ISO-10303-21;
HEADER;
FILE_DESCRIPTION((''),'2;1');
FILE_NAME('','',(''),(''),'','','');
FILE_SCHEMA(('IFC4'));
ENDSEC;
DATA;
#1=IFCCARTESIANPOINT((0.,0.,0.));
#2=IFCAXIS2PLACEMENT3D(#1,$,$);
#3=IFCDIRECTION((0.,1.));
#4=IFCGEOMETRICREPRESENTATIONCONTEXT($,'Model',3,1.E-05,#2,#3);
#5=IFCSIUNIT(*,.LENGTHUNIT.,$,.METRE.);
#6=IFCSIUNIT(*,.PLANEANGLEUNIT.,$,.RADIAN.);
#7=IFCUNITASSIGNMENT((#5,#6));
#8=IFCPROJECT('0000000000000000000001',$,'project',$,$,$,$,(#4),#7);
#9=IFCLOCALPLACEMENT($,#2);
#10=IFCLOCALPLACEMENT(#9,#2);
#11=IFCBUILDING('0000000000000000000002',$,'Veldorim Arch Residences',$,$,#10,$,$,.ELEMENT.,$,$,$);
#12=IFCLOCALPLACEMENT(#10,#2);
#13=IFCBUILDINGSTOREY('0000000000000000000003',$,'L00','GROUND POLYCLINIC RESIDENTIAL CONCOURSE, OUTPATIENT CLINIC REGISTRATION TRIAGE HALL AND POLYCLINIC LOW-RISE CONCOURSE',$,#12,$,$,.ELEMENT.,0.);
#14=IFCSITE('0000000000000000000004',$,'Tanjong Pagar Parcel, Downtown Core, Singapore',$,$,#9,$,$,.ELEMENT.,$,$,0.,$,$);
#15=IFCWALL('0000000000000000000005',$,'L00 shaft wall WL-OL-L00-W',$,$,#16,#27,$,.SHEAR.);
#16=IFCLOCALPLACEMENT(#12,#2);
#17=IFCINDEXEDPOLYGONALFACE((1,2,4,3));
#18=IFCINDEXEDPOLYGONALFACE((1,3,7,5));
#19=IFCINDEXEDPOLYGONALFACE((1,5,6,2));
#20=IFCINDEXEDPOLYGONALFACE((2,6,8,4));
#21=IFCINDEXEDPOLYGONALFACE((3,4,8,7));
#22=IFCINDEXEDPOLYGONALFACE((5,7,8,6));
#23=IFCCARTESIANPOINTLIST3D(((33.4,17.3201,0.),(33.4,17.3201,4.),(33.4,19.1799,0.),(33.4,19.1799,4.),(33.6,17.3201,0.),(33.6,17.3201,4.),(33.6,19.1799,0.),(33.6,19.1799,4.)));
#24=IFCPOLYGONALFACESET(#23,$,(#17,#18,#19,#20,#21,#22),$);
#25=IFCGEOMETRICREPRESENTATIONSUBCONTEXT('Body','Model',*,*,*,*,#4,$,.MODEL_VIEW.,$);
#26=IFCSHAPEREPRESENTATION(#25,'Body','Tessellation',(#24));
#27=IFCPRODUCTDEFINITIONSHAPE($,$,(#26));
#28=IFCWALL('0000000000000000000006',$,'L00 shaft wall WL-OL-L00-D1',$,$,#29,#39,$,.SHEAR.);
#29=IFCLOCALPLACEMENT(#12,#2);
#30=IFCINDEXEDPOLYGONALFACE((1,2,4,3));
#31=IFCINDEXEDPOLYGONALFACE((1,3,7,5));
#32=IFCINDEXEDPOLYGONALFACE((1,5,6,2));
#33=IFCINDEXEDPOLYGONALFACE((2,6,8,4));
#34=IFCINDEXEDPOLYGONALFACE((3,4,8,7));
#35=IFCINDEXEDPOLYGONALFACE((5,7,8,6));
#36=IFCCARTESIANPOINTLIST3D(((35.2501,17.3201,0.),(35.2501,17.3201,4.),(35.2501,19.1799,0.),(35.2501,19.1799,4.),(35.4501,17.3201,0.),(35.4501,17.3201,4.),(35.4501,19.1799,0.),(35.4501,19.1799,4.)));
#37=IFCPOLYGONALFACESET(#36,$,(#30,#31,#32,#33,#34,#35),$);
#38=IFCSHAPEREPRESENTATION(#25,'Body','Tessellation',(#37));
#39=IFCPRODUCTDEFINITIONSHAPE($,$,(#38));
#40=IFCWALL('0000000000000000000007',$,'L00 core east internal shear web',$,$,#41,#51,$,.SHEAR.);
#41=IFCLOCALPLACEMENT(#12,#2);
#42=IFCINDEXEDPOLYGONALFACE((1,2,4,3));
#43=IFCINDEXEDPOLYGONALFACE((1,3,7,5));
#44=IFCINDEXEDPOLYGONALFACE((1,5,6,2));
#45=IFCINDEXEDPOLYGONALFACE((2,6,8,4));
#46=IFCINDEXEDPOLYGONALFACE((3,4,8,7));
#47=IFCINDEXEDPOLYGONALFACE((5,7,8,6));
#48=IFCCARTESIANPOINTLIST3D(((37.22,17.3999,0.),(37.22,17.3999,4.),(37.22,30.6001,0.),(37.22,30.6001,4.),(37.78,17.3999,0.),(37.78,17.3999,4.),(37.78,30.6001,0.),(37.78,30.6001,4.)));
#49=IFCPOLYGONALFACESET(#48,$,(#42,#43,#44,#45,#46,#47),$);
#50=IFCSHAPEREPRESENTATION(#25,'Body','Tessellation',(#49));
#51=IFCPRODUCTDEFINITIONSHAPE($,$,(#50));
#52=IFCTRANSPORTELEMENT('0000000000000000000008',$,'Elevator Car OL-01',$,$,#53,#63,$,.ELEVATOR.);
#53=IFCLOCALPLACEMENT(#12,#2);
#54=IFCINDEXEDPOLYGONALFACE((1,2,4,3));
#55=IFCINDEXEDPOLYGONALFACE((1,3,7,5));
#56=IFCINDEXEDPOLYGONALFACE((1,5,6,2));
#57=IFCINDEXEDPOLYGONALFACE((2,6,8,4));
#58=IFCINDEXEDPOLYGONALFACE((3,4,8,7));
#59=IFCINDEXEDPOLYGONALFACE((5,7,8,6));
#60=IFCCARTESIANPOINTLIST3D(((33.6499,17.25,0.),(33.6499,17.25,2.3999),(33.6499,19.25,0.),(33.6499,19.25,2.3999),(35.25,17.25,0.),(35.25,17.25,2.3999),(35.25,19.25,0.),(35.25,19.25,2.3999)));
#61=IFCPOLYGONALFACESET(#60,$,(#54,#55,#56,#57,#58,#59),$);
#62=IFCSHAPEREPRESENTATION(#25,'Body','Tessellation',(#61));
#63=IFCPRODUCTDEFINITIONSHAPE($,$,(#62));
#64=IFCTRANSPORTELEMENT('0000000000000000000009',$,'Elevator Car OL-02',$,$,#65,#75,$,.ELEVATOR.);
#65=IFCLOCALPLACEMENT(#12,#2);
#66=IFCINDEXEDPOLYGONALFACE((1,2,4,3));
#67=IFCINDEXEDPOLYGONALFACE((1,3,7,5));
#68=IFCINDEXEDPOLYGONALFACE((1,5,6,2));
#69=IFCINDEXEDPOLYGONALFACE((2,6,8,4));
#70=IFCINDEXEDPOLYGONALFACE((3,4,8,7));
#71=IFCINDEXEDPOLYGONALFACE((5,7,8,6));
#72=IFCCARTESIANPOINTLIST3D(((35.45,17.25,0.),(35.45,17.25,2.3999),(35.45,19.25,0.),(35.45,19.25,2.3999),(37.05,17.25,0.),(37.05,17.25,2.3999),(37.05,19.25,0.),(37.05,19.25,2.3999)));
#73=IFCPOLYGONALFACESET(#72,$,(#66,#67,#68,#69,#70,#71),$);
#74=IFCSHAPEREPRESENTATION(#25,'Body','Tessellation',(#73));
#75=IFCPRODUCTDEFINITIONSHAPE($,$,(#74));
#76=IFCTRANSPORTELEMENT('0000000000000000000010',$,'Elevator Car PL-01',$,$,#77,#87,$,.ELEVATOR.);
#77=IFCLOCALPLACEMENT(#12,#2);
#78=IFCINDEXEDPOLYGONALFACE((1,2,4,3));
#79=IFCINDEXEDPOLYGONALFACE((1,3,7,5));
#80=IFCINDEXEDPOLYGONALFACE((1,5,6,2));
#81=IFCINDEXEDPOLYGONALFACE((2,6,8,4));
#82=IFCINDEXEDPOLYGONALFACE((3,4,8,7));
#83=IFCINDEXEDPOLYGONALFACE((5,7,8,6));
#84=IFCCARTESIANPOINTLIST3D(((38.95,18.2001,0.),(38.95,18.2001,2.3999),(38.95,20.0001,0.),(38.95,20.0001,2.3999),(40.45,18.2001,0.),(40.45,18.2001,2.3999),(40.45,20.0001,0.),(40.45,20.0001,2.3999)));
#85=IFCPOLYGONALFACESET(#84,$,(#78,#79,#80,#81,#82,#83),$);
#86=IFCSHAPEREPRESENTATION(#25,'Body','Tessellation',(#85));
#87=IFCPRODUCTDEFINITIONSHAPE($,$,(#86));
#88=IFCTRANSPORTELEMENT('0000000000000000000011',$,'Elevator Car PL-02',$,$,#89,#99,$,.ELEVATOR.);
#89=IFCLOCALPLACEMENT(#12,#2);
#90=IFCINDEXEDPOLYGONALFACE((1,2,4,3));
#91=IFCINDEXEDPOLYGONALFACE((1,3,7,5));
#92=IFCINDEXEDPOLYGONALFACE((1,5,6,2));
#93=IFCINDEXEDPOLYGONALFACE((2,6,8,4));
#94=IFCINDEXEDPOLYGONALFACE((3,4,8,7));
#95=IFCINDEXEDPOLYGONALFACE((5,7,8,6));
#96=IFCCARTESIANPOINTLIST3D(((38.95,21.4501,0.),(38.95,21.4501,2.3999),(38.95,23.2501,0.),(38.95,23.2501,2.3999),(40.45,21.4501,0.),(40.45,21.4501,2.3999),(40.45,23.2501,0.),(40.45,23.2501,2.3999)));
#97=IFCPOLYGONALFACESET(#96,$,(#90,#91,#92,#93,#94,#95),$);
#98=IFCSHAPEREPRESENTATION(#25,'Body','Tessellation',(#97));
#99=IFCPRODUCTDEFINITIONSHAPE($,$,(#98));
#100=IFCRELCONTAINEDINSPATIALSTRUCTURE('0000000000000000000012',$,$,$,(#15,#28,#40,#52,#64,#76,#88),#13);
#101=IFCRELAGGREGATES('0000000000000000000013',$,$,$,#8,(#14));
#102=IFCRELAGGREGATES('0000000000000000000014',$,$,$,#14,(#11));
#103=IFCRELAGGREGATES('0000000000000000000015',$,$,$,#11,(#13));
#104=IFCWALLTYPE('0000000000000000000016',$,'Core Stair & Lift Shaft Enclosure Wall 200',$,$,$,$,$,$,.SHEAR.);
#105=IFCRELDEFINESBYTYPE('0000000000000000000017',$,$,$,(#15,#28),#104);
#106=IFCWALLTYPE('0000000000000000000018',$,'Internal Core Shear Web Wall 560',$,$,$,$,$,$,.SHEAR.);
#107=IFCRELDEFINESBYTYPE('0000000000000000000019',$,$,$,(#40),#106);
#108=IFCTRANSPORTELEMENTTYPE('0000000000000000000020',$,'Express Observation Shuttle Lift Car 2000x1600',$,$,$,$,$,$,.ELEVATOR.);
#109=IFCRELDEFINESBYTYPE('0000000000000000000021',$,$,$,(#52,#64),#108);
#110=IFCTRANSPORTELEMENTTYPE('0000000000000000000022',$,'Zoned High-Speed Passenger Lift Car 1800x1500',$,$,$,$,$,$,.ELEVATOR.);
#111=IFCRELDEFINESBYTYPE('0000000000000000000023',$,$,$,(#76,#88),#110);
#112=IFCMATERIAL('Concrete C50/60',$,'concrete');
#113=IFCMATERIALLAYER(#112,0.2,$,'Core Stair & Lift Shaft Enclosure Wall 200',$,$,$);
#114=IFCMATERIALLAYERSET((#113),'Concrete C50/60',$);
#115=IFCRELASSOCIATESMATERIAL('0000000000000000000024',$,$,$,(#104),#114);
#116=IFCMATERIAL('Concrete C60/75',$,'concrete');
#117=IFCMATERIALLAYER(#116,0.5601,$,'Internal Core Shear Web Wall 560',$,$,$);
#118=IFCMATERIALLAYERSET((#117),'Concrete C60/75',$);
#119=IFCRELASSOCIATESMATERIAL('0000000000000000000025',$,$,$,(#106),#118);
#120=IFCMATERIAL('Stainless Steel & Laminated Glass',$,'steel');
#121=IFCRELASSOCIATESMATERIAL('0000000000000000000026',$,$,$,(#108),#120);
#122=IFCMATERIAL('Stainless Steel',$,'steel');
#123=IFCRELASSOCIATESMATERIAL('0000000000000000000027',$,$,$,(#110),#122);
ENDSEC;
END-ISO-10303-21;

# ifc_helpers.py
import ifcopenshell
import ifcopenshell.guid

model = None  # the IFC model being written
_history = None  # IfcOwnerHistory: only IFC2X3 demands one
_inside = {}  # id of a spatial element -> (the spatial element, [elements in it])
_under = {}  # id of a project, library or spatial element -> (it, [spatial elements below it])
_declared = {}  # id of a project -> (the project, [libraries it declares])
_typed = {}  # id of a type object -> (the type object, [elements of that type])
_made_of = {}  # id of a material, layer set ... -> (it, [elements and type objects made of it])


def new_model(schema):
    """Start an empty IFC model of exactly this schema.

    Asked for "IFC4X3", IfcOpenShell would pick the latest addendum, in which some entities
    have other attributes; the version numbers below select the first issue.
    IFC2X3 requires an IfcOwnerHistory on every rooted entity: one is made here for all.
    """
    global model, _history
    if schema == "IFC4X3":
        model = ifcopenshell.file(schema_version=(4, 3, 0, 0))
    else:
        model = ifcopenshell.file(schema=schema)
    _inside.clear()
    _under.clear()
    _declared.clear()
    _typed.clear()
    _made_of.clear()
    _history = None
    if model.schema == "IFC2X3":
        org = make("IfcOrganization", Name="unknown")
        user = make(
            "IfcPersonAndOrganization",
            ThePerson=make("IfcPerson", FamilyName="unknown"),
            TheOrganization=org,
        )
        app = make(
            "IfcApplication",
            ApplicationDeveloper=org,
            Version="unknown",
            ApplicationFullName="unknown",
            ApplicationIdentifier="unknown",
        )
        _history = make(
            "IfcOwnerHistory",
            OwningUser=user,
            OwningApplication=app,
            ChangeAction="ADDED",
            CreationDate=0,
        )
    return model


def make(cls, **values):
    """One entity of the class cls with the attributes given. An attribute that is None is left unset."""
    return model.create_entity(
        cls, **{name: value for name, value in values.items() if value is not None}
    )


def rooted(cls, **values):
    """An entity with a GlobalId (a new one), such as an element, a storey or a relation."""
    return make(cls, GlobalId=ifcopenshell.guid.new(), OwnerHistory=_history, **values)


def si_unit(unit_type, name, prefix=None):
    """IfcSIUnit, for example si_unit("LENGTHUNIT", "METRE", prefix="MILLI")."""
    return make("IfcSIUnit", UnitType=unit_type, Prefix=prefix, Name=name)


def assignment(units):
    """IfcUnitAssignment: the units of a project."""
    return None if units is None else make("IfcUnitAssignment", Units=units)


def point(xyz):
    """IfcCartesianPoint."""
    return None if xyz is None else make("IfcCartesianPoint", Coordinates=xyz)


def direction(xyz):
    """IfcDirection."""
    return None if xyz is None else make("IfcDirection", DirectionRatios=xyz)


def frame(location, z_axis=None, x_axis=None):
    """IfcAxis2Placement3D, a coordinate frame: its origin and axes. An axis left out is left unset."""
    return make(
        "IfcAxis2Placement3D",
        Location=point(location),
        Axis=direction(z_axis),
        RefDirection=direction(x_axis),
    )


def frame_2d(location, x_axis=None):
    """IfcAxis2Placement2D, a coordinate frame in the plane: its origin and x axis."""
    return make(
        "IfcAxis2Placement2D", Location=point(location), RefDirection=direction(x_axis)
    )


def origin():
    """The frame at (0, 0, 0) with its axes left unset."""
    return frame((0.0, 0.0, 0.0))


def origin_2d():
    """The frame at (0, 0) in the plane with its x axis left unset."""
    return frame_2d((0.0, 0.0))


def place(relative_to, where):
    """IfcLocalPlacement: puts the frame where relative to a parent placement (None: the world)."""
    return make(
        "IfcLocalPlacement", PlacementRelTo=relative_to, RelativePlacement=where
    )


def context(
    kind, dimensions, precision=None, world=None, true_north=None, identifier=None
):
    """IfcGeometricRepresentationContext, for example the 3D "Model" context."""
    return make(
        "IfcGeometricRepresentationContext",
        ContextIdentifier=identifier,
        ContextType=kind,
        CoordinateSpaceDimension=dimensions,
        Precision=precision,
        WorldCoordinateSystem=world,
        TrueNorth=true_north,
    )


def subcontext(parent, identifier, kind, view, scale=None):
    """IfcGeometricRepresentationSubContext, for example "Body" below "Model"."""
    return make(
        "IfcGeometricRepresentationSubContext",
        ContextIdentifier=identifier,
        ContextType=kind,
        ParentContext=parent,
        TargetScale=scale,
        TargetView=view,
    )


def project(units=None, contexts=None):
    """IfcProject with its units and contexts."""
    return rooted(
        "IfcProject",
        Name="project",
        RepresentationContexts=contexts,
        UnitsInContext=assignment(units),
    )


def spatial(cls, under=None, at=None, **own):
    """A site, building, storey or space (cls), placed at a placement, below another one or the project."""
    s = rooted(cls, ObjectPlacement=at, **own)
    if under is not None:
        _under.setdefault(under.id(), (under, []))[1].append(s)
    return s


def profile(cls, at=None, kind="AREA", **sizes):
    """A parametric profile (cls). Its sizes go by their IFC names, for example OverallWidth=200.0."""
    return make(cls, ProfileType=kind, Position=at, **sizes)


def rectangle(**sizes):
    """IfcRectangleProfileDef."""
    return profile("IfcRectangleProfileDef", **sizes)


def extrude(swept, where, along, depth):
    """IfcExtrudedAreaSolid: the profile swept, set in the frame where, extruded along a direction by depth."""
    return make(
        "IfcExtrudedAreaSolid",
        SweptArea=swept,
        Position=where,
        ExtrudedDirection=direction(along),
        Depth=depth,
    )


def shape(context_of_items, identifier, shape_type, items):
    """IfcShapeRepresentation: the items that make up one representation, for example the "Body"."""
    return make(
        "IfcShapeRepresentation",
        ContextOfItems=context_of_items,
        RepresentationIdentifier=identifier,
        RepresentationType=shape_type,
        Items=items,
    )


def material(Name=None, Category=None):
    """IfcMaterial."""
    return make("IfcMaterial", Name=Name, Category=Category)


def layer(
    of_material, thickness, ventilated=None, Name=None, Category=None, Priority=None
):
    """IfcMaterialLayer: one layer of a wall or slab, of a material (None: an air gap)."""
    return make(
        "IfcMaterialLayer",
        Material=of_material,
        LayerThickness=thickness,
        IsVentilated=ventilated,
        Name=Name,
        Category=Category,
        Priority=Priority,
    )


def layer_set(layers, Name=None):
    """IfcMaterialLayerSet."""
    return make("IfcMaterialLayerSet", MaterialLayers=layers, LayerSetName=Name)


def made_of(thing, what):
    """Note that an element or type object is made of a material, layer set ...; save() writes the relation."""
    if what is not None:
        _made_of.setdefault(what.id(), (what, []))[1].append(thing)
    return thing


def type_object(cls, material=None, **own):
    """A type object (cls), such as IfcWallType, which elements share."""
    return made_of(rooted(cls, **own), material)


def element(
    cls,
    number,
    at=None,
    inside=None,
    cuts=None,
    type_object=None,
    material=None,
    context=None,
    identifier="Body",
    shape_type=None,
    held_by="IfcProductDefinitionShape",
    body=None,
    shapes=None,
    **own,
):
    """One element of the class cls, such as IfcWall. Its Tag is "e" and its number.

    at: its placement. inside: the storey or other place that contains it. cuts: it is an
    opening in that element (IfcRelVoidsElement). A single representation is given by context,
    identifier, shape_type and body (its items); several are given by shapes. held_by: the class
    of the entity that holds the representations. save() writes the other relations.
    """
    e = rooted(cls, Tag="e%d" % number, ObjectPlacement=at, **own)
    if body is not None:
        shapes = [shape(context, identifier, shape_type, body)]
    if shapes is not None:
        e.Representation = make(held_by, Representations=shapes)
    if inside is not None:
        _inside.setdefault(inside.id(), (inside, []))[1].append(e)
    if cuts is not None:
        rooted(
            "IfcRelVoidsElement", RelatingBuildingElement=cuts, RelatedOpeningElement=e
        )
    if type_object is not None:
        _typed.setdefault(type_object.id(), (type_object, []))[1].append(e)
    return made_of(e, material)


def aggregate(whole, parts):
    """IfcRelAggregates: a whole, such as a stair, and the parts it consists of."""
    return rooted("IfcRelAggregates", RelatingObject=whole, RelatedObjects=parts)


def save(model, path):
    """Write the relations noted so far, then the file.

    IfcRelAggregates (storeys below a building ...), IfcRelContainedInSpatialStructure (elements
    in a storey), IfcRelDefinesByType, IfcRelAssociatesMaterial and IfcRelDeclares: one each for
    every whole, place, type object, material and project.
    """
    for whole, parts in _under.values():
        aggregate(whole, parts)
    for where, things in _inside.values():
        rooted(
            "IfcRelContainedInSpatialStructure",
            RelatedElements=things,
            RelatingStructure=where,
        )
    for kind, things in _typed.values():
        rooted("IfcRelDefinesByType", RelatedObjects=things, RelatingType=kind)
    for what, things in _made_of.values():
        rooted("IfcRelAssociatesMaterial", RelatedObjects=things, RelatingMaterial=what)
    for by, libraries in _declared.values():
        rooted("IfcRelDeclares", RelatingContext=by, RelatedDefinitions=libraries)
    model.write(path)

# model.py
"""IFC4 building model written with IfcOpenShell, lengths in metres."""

from ifc_helpers import new_model, si_unit, direction, frame, frame_2d, origin, origin_2d, place, context, subcontext, project, spatial, rectangle, extrude, material, layer, layer_set, type_object, element, save


model = new_model("IFC4")

# Units and contexts
model_context = context("Model", 3, precision=1e-05, world=origin(), true_north=direction((0.0, 1.0)))
body_context = subcontext(model_context, "Body", "Model", "MODEL_VIEW")
ifc_project = project(units=[si_unit("LENGTHUNIT", "METRE"), si_unit("PLANEANGLEUNIT", "RADIAN")], contexts=[model_context])

# Site, building, storey
site_placement = place(None, origin())
site = spatial("IfcSite", under=ifc_project, at=site_placement, Name="Tanjong Pagar Parcel, Downtown Core, Singapore", CompositionType="ELEMENT", RefElevation=0.0)
building_placement = place(site_placement, origin())
building = spatial("IfcBuilding", under=site, at=building_placement, Name="Veldorim Arch Residences", CompositionType="ELEMENT")
storey_placement = place(building_placement, origin())
storey = spatial("IfcBuildingStorey", under=building, at=storey_placement, Name="L00", Description="GROUND POLYCLINIC RESIDENTIAL CONCOURSE, OUTPATIENT CLINIC REGISTRATION TRIAGE HALL AND POLYCLINIC LOW-RISE CONCOURSE", CompositionType="ELEMENT", Elevation=0.0)

# Walls
ifc_material_1 = material(Name="Concrete C50/60", Category="concrete")
ifc_layer_1 = layer(ifc_material_1, 0.2, Name="Core Stair & Lift Shaft Enclosure Wall 200")
ifc_layer_set_1 = layer_set([ifc_layer_1], Name="Concrete C50/60")
wall_type_1 = type_object("IfcWallType", Name="Core Stair & Lift Shaft Enclosure Wall 200", PredefinedType="SHEAR", material=ifc_layer_set_1)
for number, where, z_axis, x_axis, name in (
    (1, (33.5, 17.3201, 0.0), (0.0, 0.0, 1.0), (0.0, 1.0, 0.0), "L00 shaft wall WL-OL-L00-W"),
    (2, (35.3501, 17.3201, 0.0), (0.0, 0.0, 1.0), (0.0, 1.0, 0.0), "L00 shaft wall WL-OL-L00-D1"),
):
    element("IfcWall", number, at=place(storey_placement, frame(where, z_axis=z_axis, x_axis=x_axis)), inside=storey, type_object=wall_type_1, Name=name, PredefinedType="SHEAR", context=body_context, shape_type="SweptSolid", body=[
        extrude(rectangle(XDim=1.8599, YDim=0.2, at=frame_2d((0.9299, 0.0))), origin(), (0.0, 0.0, 1.0), 4.0),
    ])
ifc_material_2 = material(Name="Concrete C60/75", Category="concrete")
ifc_layer_2 = layer(ifc_material_2, 0.5601, Name="Internal Core Shear Web Wall 560")
ifc_layer_set_2 = layer_set([ifc_layer_2], Name="Concrete C60/75")
wall_type_2 = type_object("IfcWallType", Name="Internal Core Shear Web Wall 560", PredefinedType="SHEAR", material=ifc_layer_set_2)
wall_1_placement = place(storey_placement, frame((37.5, 17.3999, 0.0), z_axis=(0.0, 0.0, 1.0), x_axis=(0.0, 1.0, 0.0)))
element("IfcWall", 3, at=wall_1_placement, inside=storey, type_object=wall_type_2, Name="L00 core east internal shear web", PredefinedType="SHEAR", context=body_context, shape_type="SweptSolid", body=[
    extrude(rectangle(XDim=13.2002, YDim=0.5601, at=frame_2d((6.6001, 0.0))), origin(), (0.0, 0.0, 1.0), 4.0),
])

# Transport elements
ifc_material_3 = material(Name="Stainless Steel & Laminated Glass", Category="steel")
transport_element_type_1 = type_object("IfcTransportElementType", Name="Express Observation Shuttle Lift Car 2000x1600", PredefinedType="ELEVATOR", material=ifc_material_3)
for number, where, z_axis, x_axis, name in (
    (4, (34.45, 18.25, 0.0), (0.0, 0.0, 1.0), (0.0, 1.0, 0.0), "Elevator Car OL-01"),
    (5, (36.25, 18.25, 0.0), (0.0, 0.0, 1.0), (0.0, 1.0, 0.0), "Elevator Car OL-02"),
):
    element("IfcTransportElement", number, at=place(storey_placement, frame(where, z_axis=z_axis, x_axis=x_axis)), inside=storey, type_object=transport_element_type_1, Name=name, PredefinedType="ELEVATOR", context=body_context, shape_type="SweptSolid", body=[
        extrude(rectangle(XDim=2.0, YDim=1.6001, at=origin_2d()), origin(), (0.0, 0.0, 1.0), 2.3999),
    ])
ifc_material_4 = material(Name="Stainless Steel", Category="steel")
transport_element_type_2 = type_object("IfcTransportElementType", Name="Zoned High-Speed Passenger Lift Car 1800x1500", PredefinedType="ELEVATOR", material=ifc_material_4)
for number, where, z_axis, x_axis, name in (
    (6, (39.7, 19.1001, 0.0), (0.0, 0.0, 1.0), (0.0, 1.0, 0.0), "Elevator Car PL-01"),
    (7, (39.7, 22.3501, 0.0), (0.0, 0.0, 1.0), (0.0, 1.0, 0.0), "Elevator Car PL-02"),
):
    element("IfcTransportElement", number, at=place(storey_placement, frame(where, z_axis=z_axis, x_axis=x_axis)), inside=storey, type_object=transport_element_type_2, Name=name, PredefinedType="ELEVATOR", context=body_context, shape_type="SweptSolid", body=[
        extrude(rectangle(XDim=1.8, YDim=1.5, at=origin_2d()), origin(), (0.0, 0.0, 1.0), 2.3999),
    ])

save(model, "model.ifc")
